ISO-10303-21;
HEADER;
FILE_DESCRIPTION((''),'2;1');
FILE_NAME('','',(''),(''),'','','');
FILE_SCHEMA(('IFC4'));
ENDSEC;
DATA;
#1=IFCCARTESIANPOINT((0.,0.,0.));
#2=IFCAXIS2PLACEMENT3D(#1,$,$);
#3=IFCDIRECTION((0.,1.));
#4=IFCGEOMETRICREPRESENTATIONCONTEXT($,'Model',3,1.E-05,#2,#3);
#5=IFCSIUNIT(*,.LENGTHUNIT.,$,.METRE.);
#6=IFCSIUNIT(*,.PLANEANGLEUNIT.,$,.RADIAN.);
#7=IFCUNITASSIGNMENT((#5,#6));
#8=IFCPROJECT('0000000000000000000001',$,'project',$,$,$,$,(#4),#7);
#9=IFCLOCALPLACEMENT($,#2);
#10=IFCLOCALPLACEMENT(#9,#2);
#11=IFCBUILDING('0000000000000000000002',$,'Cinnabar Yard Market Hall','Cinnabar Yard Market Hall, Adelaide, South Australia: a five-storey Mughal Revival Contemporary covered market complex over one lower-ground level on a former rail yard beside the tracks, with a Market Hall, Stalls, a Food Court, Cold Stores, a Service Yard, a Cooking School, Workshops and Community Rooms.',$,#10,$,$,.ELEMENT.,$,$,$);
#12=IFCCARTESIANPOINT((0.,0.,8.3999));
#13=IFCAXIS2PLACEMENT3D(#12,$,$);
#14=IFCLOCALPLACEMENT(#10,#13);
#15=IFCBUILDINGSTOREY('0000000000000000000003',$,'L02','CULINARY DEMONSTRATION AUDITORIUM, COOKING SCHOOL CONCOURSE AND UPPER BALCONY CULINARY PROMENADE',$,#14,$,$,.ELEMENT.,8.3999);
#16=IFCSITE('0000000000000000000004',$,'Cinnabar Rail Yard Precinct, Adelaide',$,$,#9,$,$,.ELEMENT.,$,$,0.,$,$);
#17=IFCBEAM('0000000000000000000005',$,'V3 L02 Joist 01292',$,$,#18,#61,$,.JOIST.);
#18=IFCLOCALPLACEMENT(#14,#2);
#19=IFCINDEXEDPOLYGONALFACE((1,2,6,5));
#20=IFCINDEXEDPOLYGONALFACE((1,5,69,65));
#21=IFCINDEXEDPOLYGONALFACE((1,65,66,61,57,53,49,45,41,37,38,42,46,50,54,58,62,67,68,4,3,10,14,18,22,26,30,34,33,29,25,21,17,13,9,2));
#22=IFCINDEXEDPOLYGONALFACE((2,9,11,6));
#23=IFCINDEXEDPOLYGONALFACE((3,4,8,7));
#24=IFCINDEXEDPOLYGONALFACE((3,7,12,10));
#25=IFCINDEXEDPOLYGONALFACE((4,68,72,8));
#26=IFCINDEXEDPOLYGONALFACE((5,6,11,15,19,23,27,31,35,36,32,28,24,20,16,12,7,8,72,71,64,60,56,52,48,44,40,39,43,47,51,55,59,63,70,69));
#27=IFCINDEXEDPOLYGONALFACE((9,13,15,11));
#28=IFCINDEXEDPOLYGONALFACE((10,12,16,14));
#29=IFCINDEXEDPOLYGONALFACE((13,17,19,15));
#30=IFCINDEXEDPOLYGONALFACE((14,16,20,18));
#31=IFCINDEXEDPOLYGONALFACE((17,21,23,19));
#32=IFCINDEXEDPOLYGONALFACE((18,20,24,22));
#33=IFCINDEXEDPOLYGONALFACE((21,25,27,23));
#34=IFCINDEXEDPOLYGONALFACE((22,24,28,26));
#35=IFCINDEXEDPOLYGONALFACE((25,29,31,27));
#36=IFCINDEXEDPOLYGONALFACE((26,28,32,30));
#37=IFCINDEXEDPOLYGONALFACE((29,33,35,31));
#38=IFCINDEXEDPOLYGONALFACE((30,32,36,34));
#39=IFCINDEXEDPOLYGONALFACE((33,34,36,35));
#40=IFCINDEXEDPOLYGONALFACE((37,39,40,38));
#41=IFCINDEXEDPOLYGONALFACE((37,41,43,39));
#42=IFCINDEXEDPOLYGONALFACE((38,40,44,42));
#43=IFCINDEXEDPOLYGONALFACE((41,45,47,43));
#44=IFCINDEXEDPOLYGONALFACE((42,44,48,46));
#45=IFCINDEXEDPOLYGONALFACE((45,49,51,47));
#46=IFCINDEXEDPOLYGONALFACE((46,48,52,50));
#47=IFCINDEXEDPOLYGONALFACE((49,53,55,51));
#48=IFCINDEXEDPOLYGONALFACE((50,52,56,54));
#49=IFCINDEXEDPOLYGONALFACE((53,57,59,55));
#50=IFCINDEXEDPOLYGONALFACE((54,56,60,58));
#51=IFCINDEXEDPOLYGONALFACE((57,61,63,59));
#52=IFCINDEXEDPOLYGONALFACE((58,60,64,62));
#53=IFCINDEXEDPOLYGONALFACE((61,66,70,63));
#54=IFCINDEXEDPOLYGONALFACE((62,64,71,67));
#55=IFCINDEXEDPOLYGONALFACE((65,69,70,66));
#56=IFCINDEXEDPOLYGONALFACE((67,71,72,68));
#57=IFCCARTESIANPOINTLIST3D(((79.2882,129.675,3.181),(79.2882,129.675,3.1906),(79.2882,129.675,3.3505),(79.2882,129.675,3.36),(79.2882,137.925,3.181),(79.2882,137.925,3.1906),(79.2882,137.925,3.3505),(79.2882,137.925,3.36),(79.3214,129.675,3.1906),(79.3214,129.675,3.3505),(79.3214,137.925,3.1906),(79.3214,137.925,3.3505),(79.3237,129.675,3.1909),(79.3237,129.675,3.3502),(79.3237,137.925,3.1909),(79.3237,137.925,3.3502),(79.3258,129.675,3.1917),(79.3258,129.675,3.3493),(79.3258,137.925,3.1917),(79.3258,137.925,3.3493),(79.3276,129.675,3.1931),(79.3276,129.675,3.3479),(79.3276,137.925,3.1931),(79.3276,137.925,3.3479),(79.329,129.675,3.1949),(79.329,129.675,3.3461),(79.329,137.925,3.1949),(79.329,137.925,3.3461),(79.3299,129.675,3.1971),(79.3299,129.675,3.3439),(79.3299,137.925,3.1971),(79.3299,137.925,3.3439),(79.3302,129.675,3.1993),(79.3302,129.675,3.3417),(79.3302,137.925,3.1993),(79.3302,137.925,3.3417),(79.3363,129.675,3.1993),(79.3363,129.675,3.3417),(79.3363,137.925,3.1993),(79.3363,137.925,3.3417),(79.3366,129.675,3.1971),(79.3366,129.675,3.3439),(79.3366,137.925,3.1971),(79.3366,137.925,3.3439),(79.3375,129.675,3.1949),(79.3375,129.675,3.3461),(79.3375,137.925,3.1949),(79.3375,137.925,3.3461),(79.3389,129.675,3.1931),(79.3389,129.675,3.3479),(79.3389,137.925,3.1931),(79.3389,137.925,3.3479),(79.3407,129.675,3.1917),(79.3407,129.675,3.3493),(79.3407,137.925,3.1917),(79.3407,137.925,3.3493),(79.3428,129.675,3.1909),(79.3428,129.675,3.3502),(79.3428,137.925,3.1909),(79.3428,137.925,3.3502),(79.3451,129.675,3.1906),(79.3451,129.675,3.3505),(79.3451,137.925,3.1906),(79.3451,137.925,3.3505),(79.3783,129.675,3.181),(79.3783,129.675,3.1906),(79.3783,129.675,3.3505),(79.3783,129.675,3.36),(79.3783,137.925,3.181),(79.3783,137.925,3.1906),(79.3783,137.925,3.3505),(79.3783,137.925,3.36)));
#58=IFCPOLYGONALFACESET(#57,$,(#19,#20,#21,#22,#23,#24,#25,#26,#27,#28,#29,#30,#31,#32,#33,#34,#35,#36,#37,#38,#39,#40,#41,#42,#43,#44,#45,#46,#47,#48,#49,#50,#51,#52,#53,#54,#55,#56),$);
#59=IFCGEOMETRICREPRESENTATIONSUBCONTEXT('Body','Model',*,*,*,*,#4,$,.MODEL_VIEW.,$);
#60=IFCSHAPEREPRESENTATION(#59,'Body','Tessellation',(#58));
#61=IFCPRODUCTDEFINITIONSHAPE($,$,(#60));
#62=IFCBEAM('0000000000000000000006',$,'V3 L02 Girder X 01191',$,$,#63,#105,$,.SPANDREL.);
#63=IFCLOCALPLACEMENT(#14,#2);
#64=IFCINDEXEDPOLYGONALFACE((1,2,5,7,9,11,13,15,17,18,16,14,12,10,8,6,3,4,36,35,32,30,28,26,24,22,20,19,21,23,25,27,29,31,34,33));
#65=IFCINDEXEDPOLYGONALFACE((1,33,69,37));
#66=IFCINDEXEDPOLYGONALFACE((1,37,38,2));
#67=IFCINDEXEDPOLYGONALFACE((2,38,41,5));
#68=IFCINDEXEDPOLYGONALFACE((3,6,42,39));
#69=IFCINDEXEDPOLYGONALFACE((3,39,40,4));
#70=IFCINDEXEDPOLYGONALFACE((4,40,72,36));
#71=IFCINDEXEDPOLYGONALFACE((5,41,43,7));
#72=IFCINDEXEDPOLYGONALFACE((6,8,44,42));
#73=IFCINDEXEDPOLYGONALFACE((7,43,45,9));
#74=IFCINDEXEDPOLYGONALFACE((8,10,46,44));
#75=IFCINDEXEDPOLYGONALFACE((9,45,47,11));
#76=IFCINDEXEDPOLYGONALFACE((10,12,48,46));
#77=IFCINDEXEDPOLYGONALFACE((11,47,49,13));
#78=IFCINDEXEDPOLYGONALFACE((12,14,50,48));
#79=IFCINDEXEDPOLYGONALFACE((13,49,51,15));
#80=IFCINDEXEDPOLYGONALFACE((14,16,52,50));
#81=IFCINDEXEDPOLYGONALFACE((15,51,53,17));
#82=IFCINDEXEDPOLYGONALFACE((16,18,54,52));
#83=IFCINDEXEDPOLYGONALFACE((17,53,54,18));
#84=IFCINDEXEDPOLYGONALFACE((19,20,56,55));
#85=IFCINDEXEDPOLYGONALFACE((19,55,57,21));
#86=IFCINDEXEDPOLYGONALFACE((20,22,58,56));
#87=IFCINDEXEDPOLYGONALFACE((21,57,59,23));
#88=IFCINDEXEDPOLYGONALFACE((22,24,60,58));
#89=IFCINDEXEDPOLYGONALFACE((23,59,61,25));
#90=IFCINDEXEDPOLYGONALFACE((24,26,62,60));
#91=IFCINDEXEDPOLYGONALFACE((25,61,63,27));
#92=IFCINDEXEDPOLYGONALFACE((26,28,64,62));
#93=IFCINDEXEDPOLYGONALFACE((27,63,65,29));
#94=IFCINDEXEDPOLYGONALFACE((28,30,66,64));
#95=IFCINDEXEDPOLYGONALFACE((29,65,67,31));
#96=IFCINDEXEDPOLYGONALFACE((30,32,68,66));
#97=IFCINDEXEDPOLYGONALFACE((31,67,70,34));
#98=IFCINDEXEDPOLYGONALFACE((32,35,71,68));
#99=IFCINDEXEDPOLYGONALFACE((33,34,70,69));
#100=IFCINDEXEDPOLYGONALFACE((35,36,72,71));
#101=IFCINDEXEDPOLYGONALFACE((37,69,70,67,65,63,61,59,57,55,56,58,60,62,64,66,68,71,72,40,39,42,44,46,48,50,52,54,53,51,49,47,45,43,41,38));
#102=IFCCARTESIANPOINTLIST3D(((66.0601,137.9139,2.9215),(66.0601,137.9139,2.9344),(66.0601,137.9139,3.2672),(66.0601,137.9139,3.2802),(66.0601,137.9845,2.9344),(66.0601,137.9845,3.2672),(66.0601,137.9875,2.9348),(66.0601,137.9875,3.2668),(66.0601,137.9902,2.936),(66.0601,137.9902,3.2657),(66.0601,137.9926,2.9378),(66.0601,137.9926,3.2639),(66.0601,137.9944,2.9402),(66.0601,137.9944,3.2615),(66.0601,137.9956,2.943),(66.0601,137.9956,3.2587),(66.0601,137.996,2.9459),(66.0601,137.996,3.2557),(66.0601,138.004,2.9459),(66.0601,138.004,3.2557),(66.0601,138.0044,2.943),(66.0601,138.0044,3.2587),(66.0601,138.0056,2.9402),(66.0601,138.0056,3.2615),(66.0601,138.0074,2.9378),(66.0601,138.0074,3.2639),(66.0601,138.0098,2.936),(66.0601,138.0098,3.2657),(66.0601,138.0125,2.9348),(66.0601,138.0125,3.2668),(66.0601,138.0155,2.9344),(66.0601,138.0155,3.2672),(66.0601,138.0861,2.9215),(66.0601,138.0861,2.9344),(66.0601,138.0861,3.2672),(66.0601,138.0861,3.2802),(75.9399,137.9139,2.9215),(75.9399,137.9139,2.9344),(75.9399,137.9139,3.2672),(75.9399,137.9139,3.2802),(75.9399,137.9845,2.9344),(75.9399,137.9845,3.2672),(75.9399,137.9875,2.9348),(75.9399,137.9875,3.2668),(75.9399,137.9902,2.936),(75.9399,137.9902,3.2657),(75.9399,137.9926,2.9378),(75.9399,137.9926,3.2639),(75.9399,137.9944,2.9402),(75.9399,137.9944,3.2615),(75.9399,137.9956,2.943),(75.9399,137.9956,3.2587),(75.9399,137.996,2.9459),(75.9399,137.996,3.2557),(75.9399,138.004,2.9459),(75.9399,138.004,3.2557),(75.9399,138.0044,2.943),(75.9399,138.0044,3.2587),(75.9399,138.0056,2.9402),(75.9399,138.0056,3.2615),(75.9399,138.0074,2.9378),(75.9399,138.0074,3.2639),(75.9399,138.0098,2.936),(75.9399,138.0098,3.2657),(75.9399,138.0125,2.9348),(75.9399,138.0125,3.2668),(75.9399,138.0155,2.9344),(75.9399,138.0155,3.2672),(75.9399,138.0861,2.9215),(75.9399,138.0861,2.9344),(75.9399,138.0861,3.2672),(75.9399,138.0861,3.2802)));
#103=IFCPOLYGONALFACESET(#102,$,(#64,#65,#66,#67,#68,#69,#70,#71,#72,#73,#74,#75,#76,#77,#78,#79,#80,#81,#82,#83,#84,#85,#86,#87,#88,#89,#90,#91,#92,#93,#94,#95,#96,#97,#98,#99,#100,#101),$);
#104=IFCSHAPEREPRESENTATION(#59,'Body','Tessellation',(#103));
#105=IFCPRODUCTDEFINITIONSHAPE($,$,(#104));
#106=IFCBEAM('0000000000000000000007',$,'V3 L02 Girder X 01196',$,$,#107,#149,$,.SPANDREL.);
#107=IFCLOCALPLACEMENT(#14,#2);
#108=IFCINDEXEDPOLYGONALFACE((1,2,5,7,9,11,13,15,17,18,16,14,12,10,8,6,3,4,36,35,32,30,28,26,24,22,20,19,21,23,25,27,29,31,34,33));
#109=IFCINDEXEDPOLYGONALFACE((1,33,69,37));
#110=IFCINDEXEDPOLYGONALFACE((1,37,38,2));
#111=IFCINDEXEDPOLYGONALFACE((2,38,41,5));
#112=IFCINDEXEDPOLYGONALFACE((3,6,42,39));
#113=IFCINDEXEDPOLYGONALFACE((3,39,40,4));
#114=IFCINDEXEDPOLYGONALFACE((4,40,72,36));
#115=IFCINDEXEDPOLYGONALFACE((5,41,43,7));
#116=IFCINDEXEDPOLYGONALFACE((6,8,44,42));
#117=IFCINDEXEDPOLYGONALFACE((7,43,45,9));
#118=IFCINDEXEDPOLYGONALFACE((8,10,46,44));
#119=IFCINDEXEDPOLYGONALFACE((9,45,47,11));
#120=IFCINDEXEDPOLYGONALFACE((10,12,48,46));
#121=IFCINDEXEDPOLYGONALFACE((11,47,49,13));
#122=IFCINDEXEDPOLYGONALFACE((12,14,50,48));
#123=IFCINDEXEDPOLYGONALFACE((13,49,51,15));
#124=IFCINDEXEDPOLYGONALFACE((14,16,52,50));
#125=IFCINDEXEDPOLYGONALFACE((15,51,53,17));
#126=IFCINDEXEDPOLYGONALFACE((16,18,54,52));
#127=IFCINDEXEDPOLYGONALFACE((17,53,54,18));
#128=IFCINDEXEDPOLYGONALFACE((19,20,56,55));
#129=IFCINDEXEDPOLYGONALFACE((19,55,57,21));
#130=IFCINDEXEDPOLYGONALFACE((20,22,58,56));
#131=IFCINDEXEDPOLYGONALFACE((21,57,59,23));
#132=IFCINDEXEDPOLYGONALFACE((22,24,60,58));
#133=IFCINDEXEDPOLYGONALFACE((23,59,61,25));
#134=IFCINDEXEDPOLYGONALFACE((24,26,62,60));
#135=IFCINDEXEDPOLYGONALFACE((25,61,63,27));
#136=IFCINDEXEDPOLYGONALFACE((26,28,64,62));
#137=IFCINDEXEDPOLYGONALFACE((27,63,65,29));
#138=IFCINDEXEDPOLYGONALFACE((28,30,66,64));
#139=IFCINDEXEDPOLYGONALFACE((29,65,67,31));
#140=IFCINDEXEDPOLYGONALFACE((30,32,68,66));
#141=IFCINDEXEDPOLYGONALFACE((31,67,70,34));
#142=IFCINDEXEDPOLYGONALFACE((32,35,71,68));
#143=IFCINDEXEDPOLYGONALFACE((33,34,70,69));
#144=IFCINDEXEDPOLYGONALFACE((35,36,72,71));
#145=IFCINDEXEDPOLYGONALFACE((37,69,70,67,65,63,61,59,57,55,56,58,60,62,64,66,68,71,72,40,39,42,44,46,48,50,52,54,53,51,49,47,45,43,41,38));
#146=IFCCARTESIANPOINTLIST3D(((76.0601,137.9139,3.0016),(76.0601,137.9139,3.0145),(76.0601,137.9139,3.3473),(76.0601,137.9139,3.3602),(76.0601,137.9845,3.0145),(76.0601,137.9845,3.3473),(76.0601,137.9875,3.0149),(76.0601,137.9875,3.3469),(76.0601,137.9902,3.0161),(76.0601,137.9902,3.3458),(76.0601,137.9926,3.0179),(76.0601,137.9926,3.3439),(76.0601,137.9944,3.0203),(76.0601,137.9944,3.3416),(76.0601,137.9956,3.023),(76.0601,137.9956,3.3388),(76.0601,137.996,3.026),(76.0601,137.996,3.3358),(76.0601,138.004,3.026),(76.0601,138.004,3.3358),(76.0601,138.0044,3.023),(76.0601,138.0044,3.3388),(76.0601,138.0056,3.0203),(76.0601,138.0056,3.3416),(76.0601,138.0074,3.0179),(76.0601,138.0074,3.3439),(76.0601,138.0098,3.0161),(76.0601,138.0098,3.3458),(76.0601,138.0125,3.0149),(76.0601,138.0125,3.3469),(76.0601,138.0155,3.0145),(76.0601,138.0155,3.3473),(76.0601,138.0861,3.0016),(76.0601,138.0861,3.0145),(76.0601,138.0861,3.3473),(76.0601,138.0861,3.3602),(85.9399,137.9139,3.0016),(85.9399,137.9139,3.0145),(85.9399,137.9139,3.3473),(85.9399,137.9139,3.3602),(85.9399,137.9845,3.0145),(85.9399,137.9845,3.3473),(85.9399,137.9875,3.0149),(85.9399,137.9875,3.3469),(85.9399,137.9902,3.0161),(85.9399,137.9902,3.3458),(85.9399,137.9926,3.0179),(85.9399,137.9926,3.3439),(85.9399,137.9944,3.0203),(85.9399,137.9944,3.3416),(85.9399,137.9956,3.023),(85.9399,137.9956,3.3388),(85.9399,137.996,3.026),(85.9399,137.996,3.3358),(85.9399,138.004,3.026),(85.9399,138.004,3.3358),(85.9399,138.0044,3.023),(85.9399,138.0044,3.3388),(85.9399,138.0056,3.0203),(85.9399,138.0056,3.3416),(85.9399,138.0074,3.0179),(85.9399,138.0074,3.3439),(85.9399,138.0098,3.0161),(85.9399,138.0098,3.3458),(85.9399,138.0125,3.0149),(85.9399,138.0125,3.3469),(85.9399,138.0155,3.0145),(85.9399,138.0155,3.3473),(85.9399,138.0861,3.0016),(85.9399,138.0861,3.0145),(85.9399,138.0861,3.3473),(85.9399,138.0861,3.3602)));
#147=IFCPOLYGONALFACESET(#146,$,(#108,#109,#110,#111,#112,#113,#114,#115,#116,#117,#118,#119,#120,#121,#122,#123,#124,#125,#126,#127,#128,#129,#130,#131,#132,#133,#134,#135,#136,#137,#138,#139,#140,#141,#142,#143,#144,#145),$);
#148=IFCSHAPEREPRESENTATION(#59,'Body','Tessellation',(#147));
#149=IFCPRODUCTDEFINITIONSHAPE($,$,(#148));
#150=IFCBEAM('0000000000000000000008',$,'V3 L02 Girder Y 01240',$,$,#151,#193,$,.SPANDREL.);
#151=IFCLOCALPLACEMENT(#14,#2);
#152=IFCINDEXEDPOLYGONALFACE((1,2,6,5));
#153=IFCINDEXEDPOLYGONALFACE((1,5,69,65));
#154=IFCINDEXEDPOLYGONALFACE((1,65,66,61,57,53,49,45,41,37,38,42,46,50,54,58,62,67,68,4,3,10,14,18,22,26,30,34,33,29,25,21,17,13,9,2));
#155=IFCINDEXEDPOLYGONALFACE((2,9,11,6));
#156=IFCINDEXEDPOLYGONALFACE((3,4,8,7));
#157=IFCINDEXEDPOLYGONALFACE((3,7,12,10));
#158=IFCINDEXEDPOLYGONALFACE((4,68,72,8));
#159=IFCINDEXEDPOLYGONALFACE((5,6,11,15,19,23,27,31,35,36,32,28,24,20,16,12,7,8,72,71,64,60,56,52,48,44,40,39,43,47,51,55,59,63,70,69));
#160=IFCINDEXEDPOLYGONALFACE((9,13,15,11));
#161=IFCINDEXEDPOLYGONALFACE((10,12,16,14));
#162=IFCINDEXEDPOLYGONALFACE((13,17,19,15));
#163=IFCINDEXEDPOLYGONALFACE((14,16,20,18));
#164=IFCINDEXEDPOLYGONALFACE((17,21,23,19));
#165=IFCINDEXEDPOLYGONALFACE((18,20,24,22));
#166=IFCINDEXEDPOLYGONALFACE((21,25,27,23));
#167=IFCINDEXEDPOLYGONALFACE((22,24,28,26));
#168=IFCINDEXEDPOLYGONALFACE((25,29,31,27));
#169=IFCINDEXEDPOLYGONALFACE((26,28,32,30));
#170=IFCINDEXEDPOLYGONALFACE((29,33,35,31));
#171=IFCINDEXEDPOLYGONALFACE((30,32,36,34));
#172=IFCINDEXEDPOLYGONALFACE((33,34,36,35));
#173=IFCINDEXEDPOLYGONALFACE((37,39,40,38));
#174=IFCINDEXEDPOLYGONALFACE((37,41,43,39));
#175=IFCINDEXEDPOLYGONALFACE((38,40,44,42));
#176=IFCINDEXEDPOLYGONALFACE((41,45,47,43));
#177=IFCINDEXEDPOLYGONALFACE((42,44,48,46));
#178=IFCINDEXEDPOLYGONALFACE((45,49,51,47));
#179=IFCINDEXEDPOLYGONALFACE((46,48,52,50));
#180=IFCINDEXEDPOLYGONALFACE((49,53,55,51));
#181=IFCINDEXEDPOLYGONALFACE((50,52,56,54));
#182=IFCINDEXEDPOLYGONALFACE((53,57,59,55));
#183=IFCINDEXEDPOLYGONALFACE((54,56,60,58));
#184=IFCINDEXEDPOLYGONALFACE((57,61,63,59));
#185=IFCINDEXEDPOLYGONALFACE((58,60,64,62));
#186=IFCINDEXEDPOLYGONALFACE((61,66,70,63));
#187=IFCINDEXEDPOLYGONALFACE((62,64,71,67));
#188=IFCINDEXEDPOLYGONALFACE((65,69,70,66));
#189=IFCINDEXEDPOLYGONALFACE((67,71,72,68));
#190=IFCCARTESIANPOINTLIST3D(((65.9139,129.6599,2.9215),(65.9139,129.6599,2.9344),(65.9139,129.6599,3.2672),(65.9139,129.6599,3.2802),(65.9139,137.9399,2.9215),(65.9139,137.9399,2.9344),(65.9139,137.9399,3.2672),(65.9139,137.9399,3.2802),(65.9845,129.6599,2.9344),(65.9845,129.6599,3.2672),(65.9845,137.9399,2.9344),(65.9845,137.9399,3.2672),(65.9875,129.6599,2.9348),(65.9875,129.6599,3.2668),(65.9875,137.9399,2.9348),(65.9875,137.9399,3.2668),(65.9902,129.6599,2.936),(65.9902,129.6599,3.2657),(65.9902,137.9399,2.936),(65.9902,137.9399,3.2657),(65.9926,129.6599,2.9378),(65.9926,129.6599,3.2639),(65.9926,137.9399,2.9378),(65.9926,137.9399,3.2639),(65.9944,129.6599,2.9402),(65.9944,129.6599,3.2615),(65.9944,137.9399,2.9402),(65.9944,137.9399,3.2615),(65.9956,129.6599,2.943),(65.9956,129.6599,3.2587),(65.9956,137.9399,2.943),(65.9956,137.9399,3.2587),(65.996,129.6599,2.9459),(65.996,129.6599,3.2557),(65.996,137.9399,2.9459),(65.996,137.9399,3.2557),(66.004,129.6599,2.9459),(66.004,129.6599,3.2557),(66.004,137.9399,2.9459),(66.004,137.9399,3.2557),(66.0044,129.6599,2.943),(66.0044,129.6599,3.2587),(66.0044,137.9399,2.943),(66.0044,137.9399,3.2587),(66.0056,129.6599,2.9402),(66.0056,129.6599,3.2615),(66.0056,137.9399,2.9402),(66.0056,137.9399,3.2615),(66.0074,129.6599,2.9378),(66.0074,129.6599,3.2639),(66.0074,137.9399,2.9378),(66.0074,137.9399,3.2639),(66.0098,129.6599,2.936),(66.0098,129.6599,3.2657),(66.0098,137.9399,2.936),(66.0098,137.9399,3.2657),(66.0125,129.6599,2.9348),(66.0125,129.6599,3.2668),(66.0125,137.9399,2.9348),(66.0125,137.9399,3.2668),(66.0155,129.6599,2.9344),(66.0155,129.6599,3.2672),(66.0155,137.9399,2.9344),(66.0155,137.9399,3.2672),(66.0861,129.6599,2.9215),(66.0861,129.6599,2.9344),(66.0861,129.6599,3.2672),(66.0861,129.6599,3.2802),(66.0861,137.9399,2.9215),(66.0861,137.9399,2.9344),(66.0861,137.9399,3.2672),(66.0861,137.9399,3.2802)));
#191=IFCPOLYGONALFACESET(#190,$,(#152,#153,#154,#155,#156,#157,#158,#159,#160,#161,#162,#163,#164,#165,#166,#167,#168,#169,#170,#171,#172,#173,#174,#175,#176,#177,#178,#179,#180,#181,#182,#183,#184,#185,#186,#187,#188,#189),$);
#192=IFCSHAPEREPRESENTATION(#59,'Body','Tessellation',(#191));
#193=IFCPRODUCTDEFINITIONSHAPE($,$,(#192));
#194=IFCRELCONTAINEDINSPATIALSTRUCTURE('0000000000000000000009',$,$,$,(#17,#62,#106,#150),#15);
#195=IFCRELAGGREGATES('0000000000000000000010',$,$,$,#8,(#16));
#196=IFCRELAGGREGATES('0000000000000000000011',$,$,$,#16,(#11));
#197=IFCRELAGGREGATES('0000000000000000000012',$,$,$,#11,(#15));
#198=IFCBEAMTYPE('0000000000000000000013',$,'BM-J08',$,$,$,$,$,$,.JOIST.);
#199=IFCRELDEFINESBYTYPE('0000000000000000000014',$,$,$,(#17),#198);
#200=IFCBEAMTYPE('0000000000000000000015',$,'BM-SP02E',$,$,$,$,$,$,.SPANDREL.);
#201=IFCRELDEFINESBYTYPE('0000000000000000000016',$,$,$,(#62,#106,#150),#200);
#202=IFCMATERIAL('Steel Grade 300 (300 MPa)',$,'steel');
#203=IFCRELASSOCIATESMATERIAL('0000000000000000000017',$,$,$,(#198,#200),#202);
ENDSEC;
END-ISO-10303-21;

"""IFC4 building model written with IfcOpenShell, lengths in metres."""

from ifc_helpers import new_model, si_unit, direction, frame, origin, origin_2d_with_axis, place, context, subcontext, project, spatial, i_section, extrude, material, material_profile, profile_set, type_object, element, save


model = new_model("IFC4")

# Units and contexts
model_context = context("Model", 3, precision=1e-05, world=origin(), true_north=direction((0.0, 1.0)))
body_context = subcontext(model_context, "Body", "Model", "MODEL_VIEW")
ifc_project = project(units=[si_unit("LENGTHUNIT", "METRE"), si_unit("PLANEANGLEUNIT", "RADIAN")], contexts=[model_context])

# Site, building, storey
site_placement = place(None, origin())
site = spatial("IfcSite", under=ifc_project, at=site_placement, Name="Cinnabar Rail Yard Precinct, Adelaide", CompositionType="ELEMENT", RefElevation=0.0)
building_placement = place(site_placement, origin())
building = spatial("IfcBuilding", under=site, at=building_placement, Name="Cinnabar Yard Market Hall", Description="Cinnabar Yard Market Hall, Adelaide, South Australia: a five-storey Mughal Revival Contemporary covered market complex over one lower-ground level on a former rail yard beside the tracks, with a Market Hall, Stalls, a Food Court, Cold Stores, a Service Yard, a Cooking School, Workshops and Community Rooms.", CompositionType="ELEMENT")
storey_placement = place(building_placement, frame((0.0, 0.0, 8.3999)))
storey = spatial("IfcBuildingStorey", under=building, at=storey_placement, Name="L02", Description="CULINARY DEMONSTRATION AUDITORIUM, COOKING SCHOOL CONCOURSE AND UPPER BALCONY CULINARY PROMENADE", CompositionType="ELEMENT", Elevation=8.3999)

# Shared definitions
ifc_material_1 = material(Name="Steel Grade 300 (300 MPa)", Category="steel")

# Beams
ifc_material_profile_1 = material_profile(ifc_material_1, i_section(OverallWidth=0.0901, OverallDepth=0.179, WebThickness=0.0061, FlangeThickness=0.0095, FilletRadius=0.0088, at=origin_2d_with_axis()), Name="180UB22.2")
ifc_profile_set_1 = profile_set([ifc_material_profile_1], Name="Steel Grade 300 (300 MPa)")
beam_type_1 = type_object("IfcBeamType", Name="BM-J08", PredefinedType="JOIST", material=ifc_profile_set_1)
beam_1_placement = place(storey_placement, frame((79.3333, 129.675, 3.2705), z_axis=(0.0, 1.0, 0.0), x_axis=(-1.0, 0.0, 0.0)))
element("IfcBeam", 1, at=beam_1_placement, inside=storey, type_object=beam_type_1, Name="V3 L02 Joist 01292", PredefinedType="JOIST", context=body_context, shape_type="SweptSolid", body=[
    extrude(i_section(OverallWidth=0.0901, OverallDepth=0.179, WebThickness=0.0061, FlangeThickness=0.0095, FilletRadius=0.0088, at=origin_2d_with_axis()), origin(), (0.0, 0.0, 1.0), 8.25),
])
ifc_material_profile_2 = material_profile(ifc_material_1, i_section(OverallWidth=0.1721, OverallDepth=0.3586, WebThickness=0.0081, FlangeThickness=0.0129, FilletRadius=0.0115, at=origin_2d_with_axis()), Name="360UB56.7")
ifc_profile_set_2 = profile_set([ifc_material_profile_2], Name="Steel Grade 300 (300 MPa)")
beam_type_2 = type_object("IfcBeamType", Name="BM-SP02E", PredefinedType="SPANDREL", material=ifc_profile_set_2)
for number, where, z_axis, x_axis, name in (
    (2, (66.0601, 138.0, 3.1008), (1.0, 0.0, 0.0), (0.0, 1.0, 0.0), "V3 L02 Girder X 01191"),
    (3, (76.0601, 138.0, 3.1809), (1.0, 0.0, 0.0), (0.0, 1.0, 0.0), "V3 L02 Girder X 01196"),
):
    element("IfcBeam", number, at=place(storey_placement, frame(where, z_axis=z_axis, x_axis=x_axis)), inside=storey, type_object=beam_type_2, Name=name, PredefinedType="SPANDREL", context=body_context, shape_type="SweptSolid", body=[
        extrude(i_section(OverallWidth=0.1721, OverallDepth=0.3586, WebThickness=0.0081, FlangeThickness=0.0129, FilletRadius=0.0115, at=origin_2d_with_axis()), origin(), (0.0, 0.0, 1.0), 9.8799),
    ])
beam_2_placement = place(storey_placement, frame((66.0, 129.6599, 3.1008), z_axis=(0.0, 1.0, 0.0), x_axis=(-1.0, 0.0, 0.0)))
element("IfcBeam", 4, at=beam_2_placement, inside=storey, type_object=beam_type_2, Name="V3 L02 Girder Y 01240", PredefinedType="SPANDREL", context=body_context, shape_type="SweptSolid", body=[
    extrude(i_section(OverallWidth=0.1721, OverallDepth=0.3586, WebThickness=0.0081, FlangeThickness=0.0129, FilletRadius=0.0115, at=origin_2d_with_axis()), origin(), (0.0, 0.0, 1.0), 8.28),
])

save(model, "model.ifc")
